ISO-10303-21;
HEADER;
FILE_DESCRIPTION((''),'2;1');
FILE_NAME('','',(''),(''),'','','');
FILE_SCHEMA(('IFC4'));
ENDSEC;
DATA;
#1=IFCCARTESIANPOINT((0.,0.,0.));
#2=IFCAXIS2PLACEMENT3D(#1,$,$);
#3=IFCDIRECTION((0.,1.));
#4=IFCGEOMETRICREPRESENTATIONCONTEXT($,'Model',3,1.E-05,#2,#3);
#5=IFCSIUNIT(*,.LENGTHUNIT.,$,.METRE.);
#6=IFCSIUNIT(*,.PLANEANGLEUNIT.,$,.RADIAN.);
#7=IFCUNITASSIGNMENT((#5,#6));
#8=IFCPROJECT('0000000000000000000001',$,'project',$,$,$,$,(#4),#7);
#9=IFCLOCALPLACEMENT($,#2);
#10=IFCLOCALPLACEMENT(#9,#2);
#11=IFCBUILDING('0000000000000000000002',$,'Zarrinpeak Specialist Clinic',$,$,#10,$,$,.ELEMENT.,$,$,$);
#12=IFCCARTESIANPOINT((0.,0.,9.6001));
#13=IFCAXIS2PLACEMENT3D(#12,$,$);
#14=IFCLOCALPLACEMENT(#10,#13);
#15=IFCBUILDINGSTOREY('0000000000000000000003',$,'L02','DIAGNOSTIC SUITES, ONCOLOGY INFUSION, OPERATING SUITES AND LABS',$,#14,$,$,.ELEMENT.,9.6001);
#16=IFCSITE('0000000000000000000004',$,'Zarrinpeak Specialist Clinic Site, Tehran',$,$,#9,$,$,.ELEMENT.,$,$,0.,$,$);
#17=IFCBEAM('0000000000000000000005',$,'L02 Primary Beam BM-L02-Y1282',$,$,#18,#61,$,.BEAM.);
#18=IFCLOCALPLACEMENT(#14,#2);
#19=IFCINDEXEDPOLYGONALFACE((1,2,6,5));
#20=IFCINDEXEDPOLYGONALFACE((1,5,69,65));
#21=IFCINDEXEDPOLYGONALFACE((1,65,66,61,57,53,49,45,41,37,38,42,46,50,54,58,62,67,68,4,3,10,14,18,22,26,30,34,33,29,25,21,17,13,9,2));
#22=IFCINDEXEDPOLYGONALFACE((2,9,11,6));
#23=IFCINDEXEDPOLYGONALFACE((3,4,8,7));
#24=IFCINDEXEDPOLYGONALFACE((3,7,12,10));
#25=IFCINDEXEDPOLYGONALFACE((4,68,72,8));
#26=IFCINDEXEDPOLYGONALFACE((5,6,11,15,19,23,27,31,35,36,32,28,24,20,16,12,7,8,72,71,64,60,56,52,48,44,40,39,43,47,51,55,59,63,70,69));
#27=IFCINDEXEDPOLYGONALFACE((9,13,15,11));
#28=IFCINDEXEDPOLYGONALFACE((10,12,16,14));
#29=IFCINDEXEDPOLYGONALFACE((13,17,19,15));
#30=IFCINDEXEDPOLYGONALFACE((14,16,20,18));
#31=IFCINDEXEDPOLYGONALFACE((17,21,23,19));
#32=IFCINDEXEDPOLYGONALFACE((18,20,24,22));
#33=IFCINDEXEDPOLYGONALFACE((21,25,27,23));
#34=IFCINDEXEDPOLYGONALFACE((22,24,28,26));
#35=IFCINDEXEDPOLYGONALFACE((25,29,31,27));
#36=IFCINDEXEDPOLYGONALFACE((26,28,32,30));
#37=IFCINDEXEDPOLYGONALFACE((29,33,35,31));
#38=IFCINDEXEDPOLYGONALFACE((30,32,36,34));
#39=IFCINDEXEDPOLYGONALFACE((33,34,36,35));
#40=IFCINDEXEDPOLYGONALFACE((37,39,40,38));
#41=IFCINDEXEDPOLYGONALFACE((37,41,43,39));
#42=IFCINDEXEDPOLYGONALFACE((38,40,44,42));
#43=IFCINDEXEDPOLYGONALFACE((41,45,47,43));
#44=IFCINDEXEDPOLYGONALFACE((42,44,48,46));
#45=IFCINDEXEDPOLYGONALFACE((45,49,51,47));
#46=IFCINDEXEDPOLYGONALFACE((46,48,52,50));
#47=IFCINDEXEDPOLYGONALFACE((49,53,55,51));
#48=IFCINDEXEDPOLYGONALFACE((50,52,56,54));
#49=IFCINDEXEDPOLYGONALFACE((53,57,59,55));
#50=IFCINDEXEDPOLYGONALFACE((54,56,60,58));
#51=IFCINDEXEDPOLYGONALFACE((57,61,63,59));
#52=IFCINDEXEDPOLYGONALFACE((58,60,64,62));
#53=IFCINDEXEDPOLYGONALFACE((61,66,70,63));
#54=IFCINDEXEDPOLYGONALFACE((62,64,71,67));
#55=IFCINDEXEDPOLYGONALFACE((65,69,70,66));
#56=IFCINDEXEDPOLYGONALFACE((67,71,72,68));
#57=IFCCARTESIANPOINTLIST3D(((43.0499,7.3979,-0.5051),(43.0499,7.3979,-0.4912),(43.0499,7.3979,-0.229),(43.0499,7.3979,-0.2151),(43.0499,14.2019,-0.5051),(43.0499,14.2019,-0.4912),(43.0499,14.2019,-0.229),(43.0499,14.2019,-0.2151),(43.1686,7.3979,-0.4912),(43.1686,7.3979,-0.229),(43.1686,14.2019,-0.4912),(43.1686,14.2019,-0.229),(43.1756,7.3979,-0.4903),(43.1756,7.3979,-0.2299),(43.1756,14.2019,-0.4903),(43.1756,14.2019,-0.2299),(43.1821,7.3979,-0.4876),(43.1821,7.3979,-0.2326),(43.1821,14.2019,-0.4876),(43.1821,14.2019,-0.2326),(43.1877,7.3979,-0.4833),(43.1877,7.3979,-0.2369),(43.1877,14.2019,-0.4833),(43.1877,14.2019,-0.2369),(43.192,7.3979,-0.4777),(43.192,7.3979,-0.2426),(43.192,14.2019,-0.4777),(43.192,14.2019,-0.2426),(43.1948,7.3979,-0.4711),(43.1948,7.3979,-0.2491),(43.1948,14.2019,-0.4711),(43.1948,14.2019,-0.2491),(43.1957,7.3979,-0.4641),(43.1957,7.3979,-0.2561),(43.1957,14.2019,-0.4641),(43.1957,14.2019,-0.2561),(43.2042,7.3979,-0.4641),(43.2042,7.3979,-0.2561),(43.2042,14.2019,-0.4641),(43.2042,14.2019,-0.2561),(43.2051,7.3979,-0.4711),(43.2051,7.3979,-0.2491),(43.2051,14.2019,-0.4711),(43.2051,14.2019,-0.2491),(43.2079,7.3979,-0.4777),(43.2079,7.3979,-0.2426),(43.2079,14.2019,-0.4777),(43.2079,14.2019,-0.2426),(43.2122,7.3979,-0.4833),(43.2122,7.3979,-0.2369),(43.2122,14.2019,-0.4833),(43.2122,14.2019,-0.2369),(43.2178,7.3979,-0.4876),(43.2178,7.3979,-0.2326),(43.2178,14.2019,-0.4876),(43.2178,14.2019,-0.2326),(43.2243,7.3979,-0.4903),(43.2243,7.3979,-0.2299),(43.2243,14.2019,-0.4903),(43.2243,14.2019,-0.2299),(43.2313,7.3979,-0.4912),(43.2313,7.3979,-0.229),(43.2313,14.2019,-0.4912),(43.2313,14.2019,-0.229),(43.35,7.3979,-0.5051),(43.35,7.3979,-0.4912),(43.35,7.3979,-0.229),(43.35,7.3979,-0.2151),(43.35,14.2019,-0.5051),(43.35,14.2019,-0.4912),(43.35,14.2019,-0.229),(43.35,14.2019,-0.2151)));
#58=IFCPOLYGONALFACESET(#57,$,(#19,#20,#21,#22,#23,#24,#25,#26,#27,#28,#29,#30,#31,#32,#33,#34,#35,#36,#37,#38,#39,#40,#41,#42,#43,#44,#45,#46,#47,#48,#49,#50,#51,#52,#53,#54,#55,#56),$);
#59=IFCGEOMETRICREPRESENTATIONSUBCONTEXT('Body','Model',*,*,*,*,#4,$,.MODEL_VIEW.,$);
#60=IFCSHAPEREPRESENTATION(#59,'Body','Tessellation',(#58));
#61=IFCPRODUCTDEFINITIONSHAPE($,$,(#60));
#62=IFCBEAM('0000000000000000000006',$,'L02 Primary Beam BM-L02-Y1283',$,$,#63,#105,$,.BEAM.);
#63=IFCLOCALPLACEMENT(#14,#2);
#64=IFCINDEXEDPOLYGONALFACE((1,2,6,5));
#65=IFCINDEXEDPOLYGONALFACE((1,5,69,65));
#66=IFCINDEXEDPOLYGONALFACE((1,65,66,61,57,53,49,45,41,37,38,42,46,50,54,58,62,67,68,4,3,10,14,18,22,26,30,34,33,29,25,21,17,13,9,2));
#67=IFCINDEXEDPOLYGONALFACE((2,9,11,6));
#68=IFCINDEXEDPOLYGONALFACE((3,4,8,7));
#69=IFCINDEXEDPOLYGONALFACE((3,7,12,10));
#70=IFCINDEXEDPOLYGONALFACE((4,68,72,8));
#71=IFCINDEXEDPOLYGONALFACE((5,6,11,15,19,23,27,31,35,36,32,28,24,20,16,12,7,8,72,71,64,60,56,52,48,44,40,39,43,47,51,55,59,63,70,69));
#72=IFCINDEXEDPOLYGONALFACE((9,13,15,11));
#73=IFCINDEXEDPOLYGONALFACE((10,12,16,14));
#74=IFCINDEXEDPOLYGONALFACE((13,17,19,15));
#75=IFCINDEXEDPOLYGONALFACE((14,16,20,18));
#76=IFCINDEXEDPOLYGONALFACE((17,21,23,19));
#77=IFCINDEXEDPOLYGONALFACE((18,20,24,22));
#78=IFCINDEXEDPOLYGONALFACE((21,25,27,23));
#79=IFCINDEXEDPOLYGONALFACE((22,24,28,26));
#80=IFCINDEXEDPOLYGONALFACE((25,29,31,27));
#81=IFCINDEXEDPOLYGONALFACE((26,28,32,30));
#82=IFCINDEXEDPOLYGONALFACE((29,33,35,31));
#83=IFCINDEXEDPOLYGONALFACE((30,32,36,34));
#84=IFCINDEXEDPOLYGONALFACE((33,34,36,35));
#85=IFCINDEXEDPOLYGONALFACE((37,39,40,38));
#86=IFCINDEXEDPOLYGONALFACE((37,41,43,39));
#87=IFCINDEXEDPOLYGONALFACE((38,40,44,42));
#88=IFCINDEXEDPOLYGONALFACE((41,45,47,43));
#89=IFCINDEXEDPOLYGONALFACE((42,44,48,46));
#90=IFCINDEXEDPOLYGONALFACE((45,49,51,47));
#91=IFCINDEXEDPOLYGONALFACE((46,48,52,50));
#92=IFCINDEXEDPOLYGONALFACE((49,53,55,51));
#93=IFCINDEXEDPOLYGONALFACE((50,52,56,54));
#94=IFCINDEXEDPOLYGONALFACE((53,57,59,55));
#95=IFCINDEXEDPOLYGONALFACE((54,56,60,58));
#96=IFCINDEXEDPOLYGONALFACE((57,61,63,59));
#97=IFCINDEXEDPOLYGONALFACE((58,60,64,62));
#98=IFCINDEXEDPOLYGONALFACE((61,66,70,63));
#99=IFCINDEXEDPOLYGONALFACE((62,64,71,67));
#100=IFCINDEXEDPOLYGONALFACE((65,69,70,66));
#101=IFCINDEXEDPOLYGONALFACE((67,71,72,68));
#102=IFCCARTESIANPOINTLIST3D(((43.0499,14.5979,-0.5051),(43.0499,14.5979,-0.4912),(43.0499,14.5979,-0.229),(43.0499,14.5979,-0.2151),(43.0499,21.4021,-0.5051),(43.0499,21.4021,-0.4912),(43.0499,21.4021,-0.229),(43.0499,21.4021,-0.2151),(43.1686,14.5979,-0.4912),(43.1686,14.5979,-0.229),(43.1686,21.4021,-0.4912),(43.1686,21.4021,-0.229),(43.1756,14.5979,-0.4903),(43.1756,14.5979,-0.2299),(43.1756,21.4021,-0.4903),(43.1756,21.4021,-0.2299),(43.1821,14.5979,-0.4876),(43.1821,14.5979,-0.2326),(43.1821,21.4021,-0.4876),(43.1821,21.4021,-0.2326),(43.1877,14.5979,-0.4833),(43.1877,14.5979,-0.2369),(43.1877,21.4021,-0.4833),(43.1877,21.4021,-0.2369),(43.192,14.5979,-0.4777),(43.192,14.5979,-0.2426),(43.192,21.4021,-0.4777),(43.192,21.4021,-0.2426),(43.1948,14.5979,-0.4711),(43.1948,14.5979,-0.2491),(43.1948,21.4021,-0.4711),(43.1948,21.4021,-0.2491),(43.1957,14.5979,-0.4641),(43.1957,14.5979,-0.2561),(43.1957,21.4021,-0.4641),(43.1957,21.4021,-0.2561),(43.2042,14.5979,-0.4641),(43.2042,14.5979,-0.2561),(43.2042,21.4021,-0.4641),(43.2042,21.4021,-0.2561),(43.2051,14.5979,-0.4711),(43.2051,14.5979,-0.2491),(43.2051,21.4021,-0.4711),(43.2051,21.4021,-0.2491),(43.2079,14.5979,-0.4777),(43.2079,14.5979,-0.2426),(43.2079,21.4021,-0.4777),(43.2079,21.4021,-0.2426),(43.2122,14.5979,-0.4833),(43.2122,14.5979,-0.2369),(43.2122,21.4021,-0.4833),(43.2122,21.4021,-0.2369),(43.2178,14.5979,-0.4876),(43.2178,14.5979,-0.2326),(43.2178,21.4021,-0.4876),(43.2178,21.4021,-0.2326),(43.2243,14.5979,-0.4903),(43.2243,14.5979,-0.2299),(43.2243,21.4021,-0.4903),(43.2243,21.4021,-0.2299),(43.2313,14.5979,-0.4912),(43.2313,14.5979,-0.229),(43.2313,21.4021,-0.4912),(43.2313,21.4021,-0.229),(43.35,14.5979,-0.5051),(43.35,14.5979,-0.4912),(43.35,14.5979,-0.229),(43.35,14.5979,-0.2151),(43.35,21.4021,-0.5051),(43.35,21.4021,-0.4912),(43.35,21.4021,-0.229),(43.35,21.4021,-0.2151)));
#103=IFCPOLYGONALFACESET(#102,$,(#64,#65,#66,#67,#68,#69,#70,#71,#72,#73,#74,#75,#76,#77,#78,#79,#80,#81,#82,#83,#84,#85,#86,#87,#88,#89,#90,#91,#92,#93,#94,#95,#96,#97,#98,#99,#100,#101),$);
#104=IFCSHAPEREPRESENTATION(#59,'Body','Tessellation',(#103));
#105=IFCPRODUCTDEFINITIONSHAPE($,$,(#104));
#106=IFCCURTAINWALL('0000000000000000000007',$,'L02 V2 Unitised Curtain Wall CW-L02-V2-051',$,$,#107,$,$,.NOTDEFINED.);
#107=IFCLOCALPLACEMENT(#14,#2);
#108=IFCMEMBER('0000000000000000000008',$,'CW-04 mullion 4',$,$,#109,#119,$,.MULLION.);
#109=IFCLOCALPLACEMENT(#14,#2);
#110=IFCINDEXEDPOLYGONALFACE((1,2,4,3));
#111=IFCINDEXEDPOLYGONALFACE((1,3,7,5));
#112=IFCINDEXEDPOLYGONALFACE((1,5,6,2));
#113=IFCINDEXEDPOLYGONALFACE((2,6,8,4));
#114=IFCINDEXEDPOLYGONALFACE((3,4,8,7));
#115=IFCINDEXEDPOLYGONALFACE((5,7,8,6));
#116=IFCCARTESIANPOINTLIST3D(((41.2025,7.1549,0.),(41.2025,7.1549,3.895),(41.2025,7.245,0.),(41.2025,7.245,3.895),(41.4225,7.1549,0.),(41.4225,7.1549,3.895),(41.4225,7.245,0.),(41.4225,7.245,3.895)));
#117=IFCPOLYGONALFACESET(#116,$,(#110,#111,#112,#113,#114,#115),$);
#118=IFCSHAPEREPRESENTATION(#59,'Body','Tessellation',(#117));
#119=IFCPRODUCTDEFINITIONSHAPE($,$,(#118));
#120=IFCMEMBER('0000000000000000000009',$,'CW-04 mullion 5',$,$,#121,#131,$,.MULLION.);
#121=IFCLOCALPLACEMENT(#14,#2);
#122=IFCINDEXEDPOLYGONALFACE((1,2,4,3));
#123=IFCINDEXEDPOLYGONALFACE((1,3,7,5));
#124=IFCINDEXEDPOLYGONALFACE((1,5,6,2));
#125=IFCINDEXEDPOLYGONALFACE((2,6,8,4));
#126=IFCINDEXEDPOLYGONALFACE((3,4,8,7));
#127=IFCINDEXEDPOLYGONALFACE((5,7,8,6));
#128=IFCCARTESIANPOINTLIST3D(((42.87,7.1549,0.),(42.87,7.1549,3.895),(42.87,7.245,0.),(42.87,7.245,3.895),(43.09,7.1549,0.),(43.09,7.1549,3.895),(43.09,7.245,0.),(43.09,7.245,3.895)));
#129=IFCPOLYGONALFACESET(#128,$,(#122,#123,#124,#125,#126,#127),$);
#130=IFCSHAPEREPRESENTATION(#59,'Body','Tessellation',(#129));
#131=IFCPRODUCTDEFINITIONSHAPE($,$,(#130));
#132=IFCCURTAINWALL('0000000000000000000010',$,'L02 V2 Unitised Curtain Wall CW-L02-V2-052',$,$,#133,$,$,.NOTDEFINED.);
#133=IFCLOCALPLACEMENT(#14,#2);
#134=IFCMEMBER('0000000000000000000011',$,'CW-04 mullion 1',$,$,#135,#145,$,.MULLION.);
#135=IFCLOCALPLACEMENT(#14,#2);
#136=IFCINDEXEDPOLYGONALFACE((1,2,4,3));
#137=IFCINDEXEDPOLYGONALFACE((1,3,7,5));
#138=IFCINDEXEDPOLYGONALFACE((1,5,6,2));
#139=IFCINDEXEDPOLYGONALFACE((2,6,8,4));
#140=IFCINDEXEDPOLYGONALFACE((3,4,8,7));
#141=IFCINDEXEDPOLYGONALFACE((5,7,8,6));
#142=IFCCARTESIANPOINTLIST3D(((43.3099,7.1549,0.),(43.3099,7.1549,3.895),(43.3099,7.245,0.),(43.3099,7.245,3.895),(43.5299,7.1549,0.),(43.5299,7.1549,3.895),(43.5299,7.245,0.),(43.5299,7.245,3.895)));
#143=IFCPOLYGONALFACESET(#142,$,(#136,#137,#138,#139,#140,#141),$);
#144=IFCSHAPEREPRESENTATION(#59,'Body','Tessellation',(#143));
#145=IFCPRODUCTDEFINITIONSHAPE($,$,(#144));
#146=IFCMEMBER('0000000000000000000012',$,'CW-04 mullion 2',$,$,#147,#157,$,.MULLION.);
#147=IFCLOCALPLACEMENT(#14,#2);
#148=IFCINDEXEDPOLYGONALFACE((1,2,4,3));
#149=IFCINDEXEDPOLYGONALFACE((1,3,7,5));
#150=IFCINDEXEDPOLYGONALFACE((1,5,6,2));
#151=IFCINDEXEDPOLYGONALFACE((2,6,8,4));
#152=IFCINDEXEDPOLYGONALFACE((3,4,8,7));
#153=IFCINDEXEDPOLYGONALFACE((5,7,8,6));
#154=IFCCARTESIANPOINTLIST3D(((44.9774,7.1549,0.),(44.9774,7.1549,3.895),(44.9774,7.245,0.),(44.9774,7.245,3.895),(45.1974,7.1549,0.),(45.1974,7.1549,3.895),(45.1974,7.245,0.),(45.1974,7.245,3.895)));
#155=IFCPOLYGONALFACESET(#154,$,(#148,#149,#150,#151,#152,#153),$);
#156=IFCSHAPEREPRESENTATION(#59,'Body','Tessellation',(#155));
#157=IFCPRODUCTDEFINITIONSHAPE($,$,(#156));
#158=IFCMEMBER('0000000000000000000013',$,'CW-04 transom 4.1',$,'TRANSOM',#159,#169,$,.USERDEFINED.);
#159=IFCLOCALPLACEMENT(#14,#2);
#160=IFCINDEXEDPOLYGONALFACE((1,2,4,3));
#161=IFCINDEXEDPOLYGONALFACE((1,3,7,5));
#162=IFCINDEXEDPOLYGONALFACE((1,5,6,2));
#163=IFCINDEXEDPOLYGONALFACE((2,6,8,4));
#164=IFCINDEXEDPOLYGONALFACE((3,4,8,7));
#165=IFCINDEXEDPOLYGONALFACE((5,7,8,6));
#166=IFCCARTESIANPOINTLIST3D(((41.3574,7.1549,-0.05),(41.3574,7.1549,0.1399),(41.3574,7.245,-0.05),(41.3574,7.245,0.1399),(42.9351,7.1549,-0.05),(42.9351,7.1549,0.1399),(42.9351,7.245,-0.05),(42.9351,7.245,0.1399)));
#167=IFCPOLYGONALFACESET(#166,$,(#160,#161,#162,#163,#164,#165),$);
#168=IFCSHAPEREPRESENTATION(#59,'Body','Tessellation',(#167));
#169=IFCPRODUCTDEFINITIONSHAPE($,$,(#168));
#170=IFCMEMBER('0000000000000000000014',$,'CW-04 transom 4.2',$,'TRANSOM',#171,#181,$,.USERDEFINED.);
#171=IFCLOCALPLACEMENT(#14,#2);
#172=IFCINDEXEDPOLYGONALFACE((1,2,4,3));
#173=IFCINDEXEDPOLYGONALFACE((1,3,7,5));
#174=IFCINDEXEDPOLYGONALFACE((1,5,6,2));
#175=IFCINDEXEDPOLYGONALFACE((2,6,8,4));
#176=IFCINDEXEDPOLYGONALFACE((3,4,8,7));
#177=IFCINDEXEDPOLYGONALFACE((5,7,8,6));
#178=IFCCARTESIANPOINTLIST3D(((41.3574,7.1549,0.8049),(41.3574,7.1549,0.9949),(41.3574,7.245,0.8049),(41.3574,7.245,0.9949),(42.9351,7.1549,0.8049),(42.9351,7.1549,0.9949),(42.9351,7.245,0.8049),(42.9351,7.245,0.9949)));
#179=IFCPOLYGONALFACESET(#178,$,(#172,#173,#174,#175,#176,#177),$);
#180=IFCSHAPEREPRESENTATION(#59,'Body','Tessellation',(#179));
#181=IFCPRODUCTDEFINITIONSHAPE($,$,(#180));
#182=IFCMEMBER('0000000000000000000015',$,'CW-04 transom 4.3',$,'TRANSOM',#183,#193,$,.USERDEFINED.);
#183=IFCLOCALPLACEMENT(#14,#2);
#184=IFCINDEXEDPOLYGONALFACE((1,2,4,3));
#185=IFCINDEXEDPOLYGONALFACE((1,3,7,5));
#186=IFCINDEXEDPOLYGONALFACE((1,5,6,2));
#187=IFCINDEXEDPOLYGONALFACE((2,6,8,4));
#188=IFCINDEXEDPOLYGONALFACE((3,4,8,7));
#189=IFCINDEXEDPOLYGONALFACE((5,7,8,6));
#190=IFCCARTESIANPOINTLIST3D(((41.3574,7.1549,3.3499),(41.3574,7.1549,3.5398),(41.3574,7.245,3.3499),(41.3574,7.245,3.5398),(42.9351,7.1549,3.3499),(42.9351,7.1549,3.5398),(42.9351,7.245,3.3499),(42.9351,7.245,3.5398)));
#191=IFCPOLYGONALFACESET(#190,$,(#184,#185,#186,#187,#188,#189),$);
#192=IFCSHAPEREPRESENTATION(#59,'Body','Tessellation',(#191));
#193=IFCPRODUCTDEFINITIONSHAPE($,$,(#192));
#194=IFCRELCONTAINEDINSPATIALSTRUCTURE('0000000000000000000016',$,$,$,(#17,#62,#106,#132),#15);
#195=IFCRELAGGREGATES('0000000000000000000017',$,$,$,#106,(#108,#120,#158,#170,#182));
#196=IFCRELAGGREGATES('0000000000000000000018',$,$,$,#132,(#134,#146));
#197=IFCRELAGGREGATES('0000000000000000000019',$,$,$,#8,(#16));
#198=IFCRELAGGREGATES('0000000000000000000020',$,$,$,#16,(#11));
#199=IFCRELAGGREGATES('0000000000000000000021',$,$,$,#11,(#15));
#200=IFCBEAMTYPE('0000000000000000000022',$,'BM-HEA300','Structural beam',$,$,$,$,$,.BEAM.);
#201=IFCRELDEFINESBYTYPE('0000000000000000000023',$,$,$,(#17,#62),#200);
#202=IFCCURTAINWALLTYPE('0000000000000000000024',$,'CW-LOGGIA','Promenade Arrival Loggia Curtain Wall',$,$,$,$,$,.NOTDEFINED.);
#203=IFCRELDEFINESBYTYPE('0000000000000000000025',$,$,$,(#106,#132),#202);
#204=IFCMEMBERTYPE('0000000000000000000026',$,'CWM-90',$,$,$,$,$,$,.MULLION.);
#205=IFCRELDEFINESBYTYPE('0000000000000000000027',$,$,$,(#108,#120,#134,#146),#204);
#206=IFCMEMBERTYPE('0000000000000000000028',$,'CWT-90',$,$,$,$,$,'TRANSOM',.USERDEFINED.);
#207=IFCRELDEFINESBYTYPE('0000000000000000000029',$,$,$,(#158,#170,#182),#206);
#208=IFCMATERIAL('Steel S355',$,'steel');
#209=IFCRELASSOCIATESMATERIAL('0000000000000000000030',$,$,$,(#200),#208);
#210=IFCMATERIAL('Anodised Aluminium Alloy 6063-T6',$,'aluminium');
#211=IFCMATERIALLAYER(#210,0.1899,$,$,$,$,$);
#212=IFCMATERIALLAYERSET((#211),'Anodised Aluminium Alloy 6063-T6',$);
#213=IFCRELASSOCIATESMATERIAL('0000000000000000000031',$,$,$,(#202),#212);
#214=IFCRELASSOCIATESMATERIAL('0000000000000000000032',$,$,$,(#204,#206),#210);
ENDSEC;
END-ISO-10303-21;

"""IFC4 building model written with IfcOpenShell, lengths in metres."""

from ifc_helpers import new_model, si_unit, direction, frame, origin, origin_2d, place, context, subcontext, project, spatial, rectangle, i_section, extrude, material, layer, layer_set, material_profile, profile_set, type_object, element, aggregate, save


model = new_model("IFC4")

# Units and contexts
model_context = context("Model", 3, precision=1e-05, world=origin(), true_north=direction((0.0, 1.0)))
body_context = subcontext(model_context, "Body", "Model", "MODEL_VIEW")
ifc_project = project(units=[si_unit("LENGTHUNIT", "METRE"), si_unit("PLANEANGLEUNIT", "RADIAN")], contexts=[model_context])

# Site, building, storey
site_placement = place(None, origin())
site = spatial("IfcSite", under=ifc_project, at=site_placement, Name="Zarrinpeak Specialist Clinic Site, Tehran", CompositionType="ELEMENT", RefElevation=0.0)
building_placement = place(site_placement, origin())
building = spatial("IfcBuilding", under=site, at=building_placement, Name="Zarrinpeak Specialist Clinic", CompositionType="ELEMENT")
storey_placement = place(building_placement, frame((0.0, 0.0, 9.6001)))
storey = spatial("IfcBuildingStorey", under=building, at=storey_placement, Name="L02", Description="DIAGNOSTIC SUITES, ONCOLOGY INFUSION, OPERATING SUITES AND LABS", CompositionType="ELEMENT", Elevation=9.6001)

# Shared definitions
ifc_material_1 = material(Name="Steel S355", Category="steel")

# Beams
ifc_material_profile_1 = material_profile(ifc_material_1, i_section(OverallWidth=0.3, OverallDepth=0.29, WebThickness=0.0085, FlangeThickness=0.0139, FilletRadius=0.0271, at=origin_2d()), Name="HEA 300")
ifc_profile_set_1 = profile_set([ifc_material_profile_1], Name="Steel S355")
beam_type = type_object("IfcBeamType", Name="BM-HEA300", Description="Structural beam", PredefinedType="BEAM", material=ifc_profile_set_1)
beam_1_placement = place(storey_placement, frame((43.2, 7.3979, -0.3601), z_axis=(0.0, 1.0, 0.0), x_axis=(-1.0, 0.0, 0.0)))
element("IfcBeam", 1, at=beam_1_placement, inside=storey, type_object=beam_type, Name="L02 Primary Beam BM-L02-Y1282", PredefinedType="BEAM", context=body_context, shape_type="SweptSolid", body=[
    extrude(i_section(OverallWidth=0.3, OverallDepth=0.29, WebThickness=0.0085, FlangeThickness=0.0139, FilletRadius=0.0271, at=origin_2d()), origin(), (0.0, 0.0, 1.0), 6.804),
])
beam_2_placement = place(storey_placement, frame((43.2, 14.5979, -0.3601), z_axis=(0.0, 1.0, 0.0), x_axis=(-1.0, 0.0, 0.0)))
element("IfcBeam", 2, at=beam_2_placement, inside=storey, type_object=beam_type, Name="L02 Primary Beam BM-L02-Y1283", PredefinedType="BEAM", context=body_context, shape_type="SweptSolid", body=[
    extrude(i_section(OverallWidth=0.3, OverallDepth=0.29, WebThickness=0.0085, FlangeThickness=0.0139, FilletRadius=0.0271, at=origin_2d()), origin(), (0.0, 0.0, 1.0), 6.8042),
])

# Curtain walls, members
ifc_material_2 = material(Name="Anodised Aluminium Alloy 6063-T6", Category="aluminium")
ifc_layer_1 = layer(ifc_material_2, 0.1899)
ifc_layer_set_1 = layer_set([ifc_layer_1], Name="Anodised Aluminium Alloy 6063-T6")
curtain_wall_type = type_object("IfcCurtainWallType", Name="CW-LOGGIA", Description="Promenade Arrival Loggia Curtain Wall", PredefinedType="NOTDEFINED", material=ifc_layer_set_1)
curtain_wall_1_placement = place(storey_placement, origin())
curtain_wall_1 = element("IfcCurtainWall", 3, at=curtain_wall_1_placement, inside=storey, type_object=curtain_wall_type, Name="L02 V2 Unitised Curtain Wall CW-L02-V2-051", PredefinedType="NOTDEFINED")
ifc_material_profile_2 = material_profile(ifc_material_2, rectangle(XDim=0.0901, YDim=0.22, at=origin_2d()), Name="ALU 90x220")
ifc_profile_set_2 = profile_set([ifc_material_profile_2], Name="Anodised Aluminium Alloy 6063-T6")
member_type_1 = type_object("IfcMemberType", Name="CWM-90", PredefinedType="MULLION", material=ifc_profile_set_2)
member_1_placement = place(storey_placement, frame((41.3125, 7.2, 0.0), z_axis=(0.0, 0.0, 1.0), x_axis=(0.0, 1.0, 0.0)))
member_1 = element("IfcMember", 4, at=member_1_placement, type_object=member_type_1, Name="CW-04 mullion 4", PredefinedType="MULLION", context=body_context, shape_type="SweptSolid", body=[
    extrude(rectangle(XDim=0.0901, YDim=0.22, at=origin_2d()), origin(), (0.0, 0.0, 1.0), 3.895),
])
member_2_placement = place(storey_placement, frame((42.98, 7.2, 0.0), z_axis=(0.0, 0.0, 1.0), x_axis=(0.0, 1.0, 0.0)))
member_2 = element("IfcMember", 5, at=member_2_placement, type_object=member_type_1, Name="CW-04 mullion 5", PredefinedType="MULLION", context=body_context, shape_type="SweptSolid", body=[
    extrude(rectangle(XDim=0.0901, YDim=0.22, at=origin_2d()), origin(), (0.0, 0.0, 1.0), 3.895),
])
curtain_wall_2_placement = place(storey_placement, origin())
curtain_wall_2 = element("IfcCurtainWall", 6, at=curtain_wall_2_placement, inside=storey, type_object=curtain_wall_type, Name="L02 V2 Unitised Curtain Wall CW-L02-V2-052", PredefinedType="NOTDEFINED")
member_3_placement = place(storey_placement, frame((43.4199, 7.2, 0.0), z_axis=(0.0, 0.0, 1.0), x_axis=(0.0, 1.0, 0.0)))
member_3 = element("IfcMember", 7, at=member_3_placement, type_object=member_type_1, Name="CW-04 mullion 1", PredefinedType="MULLION", context=body_context, shape_type="SweptSolid", body=[
    extrude(rectangle(XDim=0.0901, YDim=0.22, at=origin_2d()), origin(), (0.0, 0.0, 1.0), 3.895),
])
member_4_placement = place(storey_placement, frame((45.0874, 7.2, 0.0), z_axis=(0.0, 0.0, 1.0), x_axis=(0.0, 1.0, 0.0)))
member_4 = element("IfcMember", 8, at=member_4_placement, type_object=member_type_1, Name="CW-04 mullion 2", PredefinedType="MULLION", context=body_context, shape_type="SweptSolid", body=[
    extrude(rectangle(XDim=0.0901, YDim=0.22, at=origin_2d()), origin(), (0.0, 0.0, 1.0), 3.895),
])

# Members
ifc_material_profile_3 = material_profile(ifc_material_2, rectangle(XDim=0.0901, YDim=0.1899, at=origin_2d()), Name="ALU 90x190")
ifc_profile_set_3 = profile_set([ifc_material_profile_3], Name="Anodised Aluminium Alloy 6063-T6")
member_type_2 = type_object("IfcMemberType", Name="CWT-90", ElementType="TRANSOM", PredefinedType="USERDEFINED", material=ifc_profile_set_3)
member_5_placement = place(storey_placement, frame((41.3574, 7.2, 0.0449), z_axis=(1.0, 0.0, 0.0), x_axis=(0.0, 1.0, 0.0)))
member_5 = element("IfcMember", 9, at=member_5_placement, type_object=member_type_2, Name="CW-04 transom 4.1", ObjectType="TRANSOM", PredefinedType="USERDEFINED", context=body_context, shape_type="SweptSolid", body=[
    extrude(rectangle(XDim=0.0901, YDim=0.1899, at=origin_2d()), origin(), (0.0, 0.0, 1.0), 1.5776),
])
member_6_placement = place(storey_placement, frame((41.3574, 7.2, 0.8999), z_axis=(1.0, 0.0, 0.0), x_axis=(0.0, 1.0, 0.0)))
member_6 = element("IfcMember", 10, at=member_6_placement, type_object=member_type_2, Name="CW-04 transom 4.2", ObjectType="TRANSOM", PredefinedType="USERDEFINED", context=body_context, shape_type="SweptSolid", body=[
    extrude(rectangle(XDim=0.0901, YDim=0.1899, at=origin_2d()), origin(), (0.0, 0.0, 1.0), 1.5776),
])
member_7_placement = place(storey_placement, frame((41.3574, 7.2, 3.4448), z_axis=(1.0, 0.0, 0.0), x_axis=(0.0, 1.0, 0.0)))
member_7 = element("IfcMember", 11, at=member_7_placement, type_object=member_type_2, Name="CW-04 transom 4.3", ObjectType="TRANSOM", PredefinedType="USERDEFINED", context=body_context, shape_type="SweptSolid", body=[
    extrude(rectangle(XDim=0.0901, YDim=0.1899, at=origin_2d()), origin(), (0.0, 0.0, 1.0), 1.5776),
])

aggregate(curtain_wall_1, [member_1, member_2, member_5, member_6, member_7])
aggregate(curtain_wall_2, [member_3, member_4])

save(model, "model.ifc")
